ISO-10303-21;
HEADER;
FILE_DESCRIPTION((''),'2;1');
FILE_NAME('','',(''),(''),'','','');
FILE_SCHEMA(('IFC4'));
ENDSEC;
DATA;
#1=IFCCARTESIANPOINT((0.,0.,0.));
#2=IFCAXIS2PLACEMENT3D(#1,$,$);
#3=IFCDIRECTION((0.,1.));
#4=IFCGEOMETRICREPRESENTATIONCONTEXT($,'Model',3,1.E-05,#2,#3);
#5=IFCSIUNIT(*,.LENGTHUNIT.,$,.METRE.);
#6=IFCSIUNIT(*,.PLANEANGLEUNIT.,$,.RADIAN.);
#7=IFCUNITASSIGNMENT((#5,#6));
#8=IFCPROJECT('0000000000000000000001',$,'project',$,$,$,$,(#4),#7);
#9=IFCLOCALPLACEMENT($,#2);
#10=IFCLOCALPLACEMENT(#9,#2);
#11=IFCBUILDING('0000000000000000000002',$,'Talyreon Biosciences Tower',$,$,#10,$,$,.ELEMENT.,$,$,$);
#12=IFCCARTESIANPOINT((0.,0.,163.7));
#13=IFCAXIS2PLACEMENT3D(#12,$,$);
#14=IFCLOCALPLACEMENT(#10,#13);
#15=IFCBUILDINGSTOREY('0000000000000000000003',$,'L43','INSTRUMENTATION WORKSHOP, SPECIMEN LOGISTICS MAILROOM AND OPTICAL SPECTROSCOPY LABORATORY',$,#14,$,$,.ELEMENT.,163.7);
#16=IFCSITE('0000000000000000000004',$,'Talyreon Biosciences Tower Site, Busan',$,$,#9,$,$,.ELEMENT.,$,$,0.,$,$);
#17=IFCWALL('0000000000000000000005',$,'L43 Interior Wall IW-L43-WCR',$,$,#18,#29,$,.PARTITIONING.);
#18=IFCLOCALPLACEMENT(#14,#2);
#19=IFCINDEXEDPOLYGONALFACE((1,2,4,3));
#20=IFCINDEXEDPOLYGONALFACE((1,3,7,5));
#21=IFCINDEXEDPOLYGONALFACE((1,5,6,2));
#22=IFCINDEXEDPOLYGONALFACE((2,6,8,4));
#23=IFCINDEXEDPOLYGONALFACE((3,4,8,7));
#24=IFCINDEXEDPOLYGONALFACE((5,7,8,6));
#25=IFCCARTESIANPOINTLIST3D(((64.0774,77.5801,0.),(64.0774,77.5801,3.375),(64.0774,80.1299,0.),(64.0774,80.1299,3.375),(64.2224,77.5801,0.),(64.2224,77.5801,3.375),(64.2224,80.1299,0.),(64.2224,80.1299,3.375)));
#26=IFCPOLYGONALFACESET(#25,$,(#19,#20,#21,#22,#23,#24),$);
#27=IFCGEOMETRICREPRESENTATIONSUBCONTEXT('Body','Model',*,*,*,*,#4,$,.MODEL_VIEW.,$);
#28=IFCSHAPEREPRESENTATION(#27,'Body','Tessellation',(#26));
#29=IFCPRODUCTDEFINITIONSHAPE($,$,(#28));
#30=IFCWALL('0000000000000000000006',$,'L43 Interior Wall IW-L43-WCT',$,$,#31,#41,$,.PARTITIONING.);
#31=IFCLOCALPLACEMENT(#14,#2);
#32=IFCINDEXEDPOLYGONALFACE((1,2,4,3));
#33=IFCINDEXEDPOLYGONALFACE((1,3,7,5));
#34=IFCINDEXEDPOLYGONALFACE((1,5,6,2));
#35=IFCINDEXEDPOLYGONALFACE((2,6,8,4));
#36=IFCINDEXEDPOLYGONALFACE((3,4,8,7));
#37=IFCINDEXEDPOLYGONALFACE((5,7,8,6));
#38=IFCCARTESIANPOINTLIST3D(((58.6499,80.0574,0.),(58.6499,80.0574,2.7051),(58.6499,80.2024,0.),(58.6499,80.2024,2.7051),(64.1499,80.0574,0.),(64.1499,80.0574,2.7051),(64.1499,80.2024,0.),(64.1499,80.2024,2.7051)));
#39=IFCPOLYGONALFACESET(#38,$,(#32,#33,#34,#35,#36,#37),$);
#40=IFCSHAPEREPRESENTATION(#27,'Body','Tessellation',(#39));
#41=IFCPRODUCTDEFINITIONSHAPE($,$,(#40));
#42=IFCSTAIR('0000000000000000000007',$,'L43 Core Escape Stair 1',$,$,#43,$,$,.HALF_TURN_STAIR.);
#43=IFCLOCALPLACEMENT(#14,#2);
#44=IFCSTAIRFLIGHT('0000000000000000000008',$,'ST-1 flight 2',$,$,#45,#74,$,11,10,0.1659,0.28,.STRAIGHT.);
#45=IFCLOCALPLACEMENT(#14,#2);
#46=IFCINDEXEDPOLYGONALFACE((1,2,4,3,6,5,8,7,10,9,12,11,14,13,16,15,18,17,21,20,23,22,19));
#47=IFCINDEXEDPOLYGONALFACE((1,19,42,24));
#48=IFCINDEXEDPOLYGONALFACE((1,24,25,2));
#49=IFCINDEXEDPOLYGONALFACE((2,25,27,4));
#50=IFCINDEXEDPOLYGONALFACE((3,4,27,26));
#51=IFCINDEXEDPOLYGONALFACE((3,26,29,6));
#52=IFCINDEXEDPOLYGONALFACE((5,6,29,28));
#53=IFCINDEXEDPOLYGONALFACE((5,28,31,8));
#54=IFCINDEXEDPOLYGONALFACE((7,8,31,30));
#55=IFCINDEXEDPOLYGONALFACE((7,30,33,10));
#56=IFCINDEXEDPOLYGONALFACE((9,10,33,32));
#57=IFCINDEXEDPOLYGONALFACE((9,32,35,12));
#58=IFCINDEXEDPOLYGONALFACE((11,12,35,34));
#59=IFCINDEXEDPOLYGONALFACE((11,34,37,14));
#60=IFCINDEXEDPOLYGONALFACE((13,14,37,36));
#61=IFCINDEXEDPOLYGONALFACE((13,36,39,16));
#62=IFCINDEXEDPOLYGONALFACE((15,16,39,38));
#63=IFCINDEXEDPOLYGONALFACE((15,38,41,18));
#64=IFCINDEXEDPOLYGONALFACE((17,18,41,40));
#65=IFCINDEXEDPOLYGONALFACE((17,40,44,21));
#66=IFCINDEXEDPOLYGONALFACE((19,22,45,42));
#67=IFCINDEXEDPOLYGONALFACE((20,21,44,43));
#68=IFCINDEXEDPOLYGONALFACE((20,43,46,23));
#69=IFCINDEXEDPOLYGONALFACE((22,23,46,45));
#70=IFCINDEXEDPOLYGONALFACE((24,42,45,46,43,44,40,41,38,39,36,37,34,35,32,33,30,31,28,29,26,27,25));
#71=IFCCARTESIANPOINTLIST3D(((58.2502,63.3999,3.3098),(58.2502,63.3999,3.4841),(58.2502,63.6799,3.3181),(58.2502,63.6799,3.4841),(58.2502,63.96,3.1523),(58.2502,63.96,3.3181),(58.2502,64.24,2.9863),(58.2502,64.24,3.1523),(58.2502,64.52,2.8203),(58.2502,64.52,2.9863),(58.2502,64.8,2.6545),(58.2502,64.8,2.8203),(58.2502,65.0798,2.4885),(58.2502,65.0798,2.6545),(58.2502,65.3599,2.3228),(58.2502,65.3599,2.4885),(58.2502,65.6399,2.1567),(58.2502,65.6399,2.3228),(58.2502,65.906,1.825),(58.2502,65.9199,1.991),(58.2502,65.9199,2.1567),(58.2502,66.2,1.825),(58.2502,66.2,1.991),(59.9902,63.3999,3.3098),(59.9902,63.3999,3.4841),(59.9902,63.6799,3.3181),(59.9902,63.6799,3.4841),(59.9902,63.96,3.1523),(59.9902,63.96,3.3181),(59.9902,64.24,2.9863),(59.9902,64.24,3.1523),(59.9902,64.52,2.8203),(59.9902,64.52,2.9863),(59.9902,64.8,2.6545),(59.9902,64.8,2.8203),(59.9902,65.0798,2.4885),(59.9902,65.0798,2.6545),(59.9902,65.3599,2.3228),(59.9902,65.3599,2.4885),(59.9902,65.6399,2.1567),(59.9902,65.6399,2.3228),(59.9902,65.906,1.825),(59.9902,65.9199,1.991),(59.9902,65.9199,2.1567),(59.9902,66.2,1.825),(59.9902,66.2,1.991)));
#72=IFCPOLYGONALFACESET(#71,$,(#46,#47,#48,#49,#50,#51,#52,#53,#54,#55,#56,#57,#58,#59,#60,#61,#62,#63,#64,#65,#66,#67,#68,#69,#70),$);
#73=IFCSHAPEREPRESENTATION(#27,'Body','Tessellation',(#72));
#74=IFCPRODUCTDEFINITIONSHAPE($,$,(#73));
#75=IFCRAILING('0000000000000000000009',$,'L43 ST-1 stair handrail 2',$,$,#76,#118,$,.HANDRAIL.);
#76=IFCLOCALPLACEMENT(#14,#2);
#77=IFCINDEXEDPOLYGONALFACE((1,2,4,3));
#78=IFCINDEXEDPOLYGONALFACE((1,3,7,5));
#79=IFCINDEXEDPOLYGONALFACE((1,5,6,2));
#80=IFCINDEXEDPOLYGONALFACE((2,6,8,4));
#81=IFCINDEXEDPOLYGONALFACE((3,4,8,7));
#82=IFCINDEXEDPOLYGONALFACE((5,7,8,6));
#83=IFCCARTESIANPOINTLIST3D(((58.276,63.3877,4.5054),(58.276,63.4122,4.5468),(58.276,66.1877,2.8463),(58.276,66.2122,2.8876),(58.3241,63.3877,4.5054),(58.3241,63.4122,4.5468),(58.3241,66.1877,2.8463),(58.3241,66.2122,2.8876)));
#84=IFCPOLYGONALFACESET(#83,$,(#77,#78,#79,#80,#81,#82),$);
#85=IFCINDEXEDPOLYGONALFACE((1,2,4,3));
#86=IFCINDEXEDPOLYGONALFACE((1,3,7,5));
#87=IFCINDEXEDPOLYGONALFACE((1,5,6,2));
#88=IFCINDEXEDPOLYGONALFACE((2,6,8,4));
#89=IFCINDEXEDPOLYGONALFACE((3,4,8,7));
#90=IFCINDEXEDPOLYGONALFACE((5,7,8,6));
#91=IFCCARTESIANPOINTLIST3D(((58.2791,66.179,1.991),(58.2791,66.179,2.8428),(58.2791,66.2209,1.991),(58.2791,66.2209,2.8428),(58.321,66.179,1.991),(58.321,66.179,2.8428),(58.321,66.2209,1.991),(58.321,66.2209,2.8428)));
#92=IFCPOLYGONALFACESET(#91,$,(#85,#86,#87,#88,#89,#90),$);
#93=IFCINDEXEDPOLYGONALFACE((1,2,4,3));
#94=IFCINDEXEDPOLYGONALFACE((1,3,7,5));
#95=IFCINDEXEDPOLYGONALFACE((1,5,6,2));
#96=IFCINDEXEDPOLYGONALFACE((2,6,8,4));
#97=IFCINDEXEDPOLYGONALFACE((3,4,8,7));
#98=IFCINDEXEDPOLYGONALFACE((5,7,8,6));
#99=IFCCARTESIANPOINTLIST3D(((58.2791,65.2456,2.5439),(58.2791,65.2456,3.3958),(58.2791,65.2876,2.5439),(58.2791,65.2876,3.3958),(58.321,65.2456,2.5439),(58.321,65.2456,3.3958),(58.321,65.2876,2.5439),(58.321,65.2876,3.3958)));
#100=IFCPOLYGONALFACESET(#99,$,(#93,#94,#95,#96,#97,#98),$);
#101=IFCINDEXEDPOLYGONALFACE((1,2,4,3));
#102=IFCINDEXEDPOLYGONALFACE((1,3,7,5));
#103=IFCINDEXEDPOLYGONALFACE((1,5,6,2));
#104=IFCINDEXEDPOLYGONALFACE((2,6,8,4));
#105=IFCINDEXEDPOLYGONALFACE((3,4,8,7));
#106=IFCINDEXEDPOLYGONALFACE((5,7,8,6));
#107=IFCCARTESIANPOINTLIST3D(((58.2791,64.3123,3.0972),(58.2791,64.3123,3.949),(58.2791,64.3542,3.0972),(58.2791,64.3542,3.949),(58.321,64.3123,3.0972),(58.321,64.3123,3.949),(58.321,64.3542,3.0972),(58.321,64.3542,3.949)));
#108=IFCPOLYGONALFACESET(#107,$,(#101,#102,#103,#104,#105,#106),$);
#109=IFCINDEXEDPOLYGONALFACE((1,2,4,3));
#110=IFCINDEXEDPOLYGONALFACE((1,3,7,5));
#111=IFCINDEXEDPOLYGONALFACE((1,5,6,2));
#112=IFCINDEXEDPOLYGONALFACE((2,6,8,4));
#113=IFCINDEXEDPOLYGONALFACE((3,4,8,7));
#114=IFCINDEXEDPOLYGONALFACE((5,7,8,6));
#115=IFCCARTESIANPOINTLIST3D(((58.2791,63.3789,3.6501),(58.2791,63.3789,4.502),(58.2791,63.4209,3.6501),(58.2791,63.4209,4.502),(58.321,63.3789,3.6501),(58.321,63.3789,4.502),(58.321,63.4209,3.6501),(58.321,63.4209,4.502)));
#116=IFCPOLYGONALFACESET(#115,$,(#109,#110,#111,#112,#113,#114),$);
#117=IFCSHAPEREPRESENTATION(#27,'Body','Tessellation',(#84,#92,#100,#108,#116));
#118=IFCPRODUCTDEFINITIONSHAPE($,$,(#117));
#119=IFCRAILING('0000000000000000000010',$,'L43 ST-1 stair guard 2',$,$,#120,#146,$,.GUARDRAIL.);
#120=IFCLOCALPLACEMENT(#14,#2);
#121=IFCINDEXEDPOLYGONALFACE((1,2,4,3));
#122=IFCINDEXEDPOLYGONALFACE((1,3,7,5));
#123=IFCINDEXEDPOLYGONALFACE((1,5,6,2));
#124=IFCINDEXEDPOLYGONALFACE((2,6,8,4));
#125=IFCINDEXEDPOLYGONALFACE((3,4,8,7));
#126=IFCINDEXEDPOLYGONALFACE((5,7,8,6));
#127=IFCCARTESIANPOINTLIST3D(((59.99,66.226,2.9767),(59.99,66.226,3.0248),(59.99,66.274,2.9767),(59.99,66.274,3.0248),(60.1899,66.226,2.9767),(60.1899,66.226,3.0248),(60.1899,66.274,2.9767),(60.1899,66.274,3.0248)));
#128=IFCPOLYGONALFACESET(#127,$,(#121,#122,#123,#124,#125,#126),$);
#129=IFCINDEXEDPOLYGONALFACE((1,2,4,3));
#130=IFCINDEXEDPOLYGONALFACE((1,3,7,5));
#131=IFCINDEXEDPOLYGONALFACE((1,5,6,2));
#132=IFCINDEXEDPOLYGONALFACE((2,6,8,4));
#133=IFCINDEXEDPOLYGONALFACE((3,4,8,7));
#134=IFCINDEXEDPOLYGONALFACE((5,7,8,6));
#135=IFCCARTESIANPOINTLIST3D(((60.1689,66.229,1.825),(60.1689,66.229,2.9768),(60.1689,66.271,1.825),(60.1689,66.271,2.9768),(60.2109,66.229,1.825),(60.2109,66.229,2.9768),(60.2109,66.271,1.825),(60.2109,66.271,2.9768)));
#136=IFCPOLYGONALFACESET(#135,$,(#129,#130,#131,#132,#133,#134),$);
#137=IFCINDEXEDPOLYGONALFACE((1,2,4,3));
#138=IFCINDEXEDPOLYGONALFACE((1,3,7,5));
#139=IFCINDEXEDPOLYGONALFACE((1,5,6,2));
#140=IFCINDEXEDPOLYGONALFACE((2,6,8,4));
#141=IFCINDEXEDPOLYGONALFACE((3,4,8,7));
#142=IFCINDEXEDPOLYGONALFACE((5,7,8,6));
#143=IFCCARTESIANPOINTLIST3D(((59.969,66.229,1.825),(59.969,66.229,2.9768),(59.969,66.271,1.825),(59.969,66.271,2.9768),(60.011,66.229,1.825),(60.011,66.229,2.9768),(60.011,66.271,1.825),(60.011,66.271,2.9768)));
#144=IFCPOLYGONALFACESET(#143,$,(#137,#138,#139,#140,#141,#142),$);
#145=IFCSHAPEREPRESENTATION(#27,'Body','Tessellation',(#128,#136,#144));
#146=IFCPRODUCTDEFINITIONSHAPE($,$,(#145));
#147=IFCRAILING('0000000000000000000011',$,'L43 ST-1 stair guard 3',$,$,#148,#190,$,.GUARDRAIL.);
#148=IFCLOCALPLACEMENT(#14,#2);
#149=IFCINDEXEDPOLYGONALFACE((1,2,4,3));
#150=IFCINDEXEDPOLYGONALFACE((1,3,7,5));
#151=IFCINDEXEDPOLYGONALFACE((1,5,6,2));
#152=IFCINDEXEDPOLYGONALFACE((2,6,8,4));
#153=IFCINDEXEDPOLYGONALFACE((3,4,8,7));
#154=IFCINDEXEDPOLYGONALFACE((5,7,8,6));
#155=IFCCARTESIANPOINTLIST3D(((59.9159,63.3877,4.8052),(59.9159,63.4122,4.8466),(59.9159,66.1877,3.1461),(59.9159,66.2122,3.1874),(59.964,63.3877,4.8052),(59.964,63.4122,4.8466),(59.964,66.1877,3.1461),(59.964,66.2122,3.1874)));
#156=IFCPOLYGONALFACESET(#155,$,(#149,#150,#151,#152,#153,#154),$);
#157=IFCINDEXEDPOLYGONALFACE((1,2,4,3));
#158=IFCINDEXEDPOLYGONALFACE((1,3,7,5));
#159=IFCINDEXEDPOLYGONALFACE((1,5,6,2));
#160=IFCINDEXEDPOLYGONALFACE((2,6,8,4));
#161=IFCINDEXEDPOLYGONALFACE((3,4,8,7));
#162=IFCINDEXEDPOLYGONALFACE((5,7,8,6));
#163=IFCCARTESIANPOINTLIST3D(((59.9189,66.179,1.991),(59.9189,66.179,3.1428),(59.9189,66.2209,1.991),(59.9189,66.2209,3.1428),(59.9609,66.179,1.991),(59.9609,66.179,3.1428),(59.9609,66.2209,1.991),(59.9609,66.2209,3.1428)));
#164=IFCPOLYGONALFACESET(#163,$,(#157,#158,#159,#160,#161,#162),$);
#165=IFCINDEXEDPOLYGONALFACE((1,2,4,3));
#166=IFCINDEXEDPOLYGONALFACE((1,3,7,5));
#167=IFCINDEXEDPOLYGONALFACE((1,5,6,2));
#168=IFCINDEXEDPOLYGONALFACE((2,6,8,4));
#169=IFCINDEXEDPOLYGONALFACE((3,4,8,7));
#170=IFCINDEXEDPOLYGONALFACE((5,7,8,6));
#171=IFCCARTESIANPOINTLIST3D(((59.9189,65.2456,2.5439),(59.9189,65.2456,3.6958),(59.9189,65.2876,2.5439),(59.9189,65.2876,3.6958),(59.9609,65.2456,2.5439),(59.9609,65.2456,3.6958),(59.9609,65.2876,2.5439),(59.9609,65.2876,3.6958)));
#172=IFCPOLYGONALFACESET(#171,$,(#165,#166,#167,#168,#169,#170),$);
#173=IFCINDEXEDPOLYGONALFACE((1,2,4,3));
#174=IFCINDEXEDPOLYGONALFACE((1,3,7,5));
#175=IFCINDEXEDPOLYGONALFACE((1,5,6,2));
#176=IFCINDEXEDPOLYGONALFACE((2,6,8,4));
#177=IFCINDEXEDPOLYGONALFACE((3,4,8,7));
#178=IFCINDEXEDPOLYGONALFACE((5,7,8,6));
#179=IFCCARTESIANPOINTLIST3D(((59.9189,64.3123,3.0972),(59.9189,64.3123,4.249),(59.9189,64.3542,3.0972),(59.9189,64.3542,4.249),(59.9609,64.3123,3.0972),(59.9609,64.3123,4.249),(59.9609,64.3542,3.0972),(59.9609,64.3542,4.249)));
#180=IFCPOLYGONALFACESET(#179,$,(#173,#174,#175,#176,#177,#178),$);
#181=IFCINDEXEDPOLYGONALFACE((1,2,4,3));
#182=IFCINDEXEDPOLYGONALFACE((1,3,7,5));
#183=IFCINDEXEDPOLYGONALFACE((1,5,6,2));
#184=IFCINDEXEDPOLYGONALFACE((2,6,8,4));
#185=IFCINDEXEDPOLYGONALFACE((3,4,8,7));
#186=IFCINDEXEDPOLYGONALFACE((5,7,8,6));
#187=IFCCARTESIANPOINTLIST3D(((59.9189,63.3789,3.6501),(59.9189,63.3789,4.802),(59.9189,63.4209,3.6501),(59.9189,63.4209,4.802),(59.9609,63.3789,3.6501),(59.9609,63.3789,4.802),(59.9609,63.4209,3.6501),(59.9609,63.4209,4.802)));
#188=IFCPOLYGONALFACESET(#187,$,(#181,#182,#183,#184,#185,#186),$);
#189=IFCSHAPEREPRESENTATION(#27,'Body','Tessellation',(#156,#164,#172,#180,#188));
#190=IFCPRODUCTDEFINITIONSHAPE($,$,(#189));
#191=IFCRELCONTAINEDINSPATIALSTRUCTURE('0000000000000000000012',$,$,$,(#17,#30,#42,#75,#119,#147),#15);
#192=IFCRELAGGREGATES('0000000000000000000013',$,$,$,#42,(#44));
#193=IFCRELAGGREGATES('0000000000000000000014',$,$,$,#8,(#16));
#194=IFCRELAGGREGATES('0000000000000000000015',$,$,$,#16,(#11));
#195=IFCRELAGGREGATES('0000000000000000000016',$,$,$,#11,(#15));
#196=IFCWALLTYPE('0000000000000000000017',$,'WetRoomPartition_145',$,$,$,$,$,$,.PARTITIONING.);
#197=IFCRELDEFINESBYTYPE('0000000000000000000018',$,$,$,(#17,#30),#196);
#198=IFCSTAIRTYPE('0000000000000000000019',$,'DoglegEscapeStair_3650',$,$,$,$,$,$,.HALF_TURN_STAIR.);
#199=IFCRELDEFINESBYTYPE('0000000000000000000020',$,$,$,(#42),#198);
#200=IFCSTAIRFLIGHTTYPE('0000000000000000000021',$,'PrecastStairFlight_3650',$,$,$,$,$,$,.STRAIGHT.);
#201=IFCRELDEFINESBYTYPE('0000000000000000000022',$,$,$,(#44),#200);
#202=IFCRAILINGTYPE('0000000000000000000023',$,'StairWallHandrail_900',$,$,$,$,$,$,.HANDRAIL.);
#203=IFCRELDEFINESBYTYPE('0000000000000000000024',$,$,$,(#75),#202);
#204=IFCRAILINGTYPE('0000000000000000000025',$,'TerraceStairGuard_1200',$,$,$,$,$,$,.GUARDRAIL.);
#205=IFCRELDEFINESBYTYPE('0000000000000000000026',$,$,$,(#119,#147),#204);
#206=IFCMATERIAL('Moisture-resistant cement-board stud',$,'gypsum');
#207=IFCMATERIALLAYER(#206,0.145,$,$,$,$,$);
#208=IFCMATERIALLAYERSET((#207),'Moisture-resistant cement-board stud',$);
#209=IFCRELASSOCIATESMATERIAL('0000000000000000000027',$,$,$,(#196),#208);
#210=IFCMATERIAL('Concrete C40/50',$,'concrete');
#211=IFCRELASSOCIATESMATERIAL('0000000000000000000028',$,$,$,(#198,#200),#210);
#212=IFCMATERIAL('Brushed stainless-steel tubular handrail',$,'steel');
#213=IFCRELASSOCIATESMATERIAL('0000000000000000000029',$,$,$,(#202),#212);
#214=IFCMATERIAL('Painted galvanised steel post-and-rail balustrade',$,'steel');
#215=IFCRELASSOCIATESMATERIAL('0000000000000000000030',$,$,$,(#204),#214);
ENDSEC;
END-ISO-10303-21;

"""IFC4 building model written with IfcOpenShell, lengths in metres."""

from ifc_helpers import new_model, si_unit, direction, frame, frame_2d, origin, origin_2d, place, context, subcontext, project, spatial, polyline, rectangle, outline, extrude, material, layer, layer_set, type_object, element, aggregate, save


model = new_model("IFC4")

# Units and contexts
model_context = context("Model", 3, precision=1e-05, world=origin(), true_north=direction((0.0, 1.0)))
body_context = subcontext(model_context, "Body", "Model", "MODEL_VIEW")
ifc_project = project(units=[si_unit("LENGTHUNIT", "METRE"), si_unit("PLANEANGLEUNIT", "RADIAN")], contexts=[model_context])

# Site, building, storey
site_placement = place(None, origin())
site = spatial("IfcSite", under=ifc_project, at=site_placement, Name="Talyreon Biosciences Tower Site, Busan", CompositionType="ELEMENT", RefElevation=0.0)
building_placement = place(site_placement, origin())
building = spatial("IfcBuilding", under=site, at=building_placement, Name="Talyreon Biosciences Tower", CompositionType="ELEMENT")
storey_placement = place(building_placement, frame((0.0, 0.0, 163.7)))
storey = spatial("IfcBuildingStorey", under=building, at=storey_placement, Name="L43", Description="INSTRUMENTATION WORKSHOP, SPECIMEN LOGISTICS MAILROOM AND OPTICAL SPECTROSCOPY LABORATORY", CompositionType="ELEMENT", Elevation=163.7)

# Walls
ifc_material_1 = material(Name="Moisture-resistant cement-board stud", Category="gypsum")
ifc_layer_1 = layer(ifc_material_1, 0.145)
ifc_layer_set_1 = layer_set([ifc_layer_1], Name="Moisture-resistant cement-board stud")
wall_type_1 = type_object("IfcWallType", Name="WetRoomPartition_145", PredefinedType="PARTITIONING", material=ifc_layer_set_1)
for number, where, z_axis, x_axis, name in (
    (1, (64.1499, 77.5801, 0.0), (0.0, 0.0, 1.0), (0.0, 1.0, 0.0), "L43 Interior Wall IW-L43-WCR"),
):
    element("IfcWall", number, at=place(storey_placement, frame(where, z_axis=z_axis, x_axis=x_axis)), inside=storey, type_object=wall_type_1, Name=name, PredefinedType="PARTITIONING", context=body_context, shape_type="SweptSolid", body=[
        extrude(rectangle(XDim=2.5498, YDim=0.145, at=frame_2d((1.2749, 0.0))), origin(), (0.0, 0.0, 1.0), 3.375),
    ])
wall_1_placement = place(storey_placement, frame((58.6499, 80.1299, 0.0), z_axis=(0.0, 0.0, 1.0), x_axis=(1.0, 0.0, 0.0)))
element("IfcWall", 2, at=wall_1_placement, inside=storey, type_object=wall_type_1, Name="L43 Interior Wall IW-L43-WCT", PredefinedType="PARTITIONING", context=body_context, shape_type="SweptSolid", body=[
    extrude(rectangle(XDim=5.5, YDim=0.145, at=frame_2d((2.75, 0.0))), origin(), (0.0, 0.0, 1.0), 2.7051),
])

# Stair, stair flight
ifc_material_2 = material(Name="Concrete C40/50", Category="concrete")
stair_type = type_object("IfcStairType", Name="DoglegEscapeStair_3650", PredefinedType="HALF_TURN_STAIR", material=ifc_material_2)
stair_placement = place(storey_placement, origin())
stair = element("IfcStair", 3, at=stair_placement, inside=storey, type_object=stair_type, Name="L43 Core Escape Stair 1", PredefinedType="HALF_TURN_STAIR")
stair_flight_type = type_object("IfcStairFlightType", Name="PrecastStairFlight_3650", PredefinedType="STRAIGHT", material=ifc_material_2)
stair_flight_placement = place(storey_placement, frame((59.1201, 66.2, 1.825), z_axis=(0.0, 0.0, 1.0), x_axis=(0.0, -1.0, 0.0)))
stair_flight = element("IfcStairFlight", 4, at=stair_flight_placement, type_object=stair_flight_type, Name="ST-1 flight 2", NumberOfRisers=11, NumberOfTreads=10, PredefinedType="STRAIGHT", RiserHeight=0.1659, TreadLength=0.28, context=body_context, shape_type="SweptSolid", body=[
    extrude(outline(polyline([(0.0, 0.0), (0.0, 0.166), (0.28, 0.166), (0.28, 0.3318), (0.5601, 0.3318), (0.5601, 0.4978), (0.8401, 0.4978), (0.8401, 0.6636), (1.1201, 0.6636), (1.1201, 0.8296), (1.3999, 0.8296), (1.3999, 0.9954), (1.6799, 0.9954), (1.6799, 1.1614), (1.96, 1.1614), (1.96, 1.3274), (2.24, 1.3274), (2.24, 1.4932), (2.52, 1.4932), (2.52, 1.6592), (2.8, 1.6592), (2.8, 1.825), (2.8, 1.4849), (0.2939, 0.0), (0.0, 0.0)])), frame((0.0, 0.8701, 0.0), z_axis=(0.0, -1.0, 0.0), x_axis=(1.0, 0.0, 0.0)), (0.0, 0.0, 1.0), 1.74),
])
aggregate(stair, [stair_flight])

# Railings
ifc_material_3 = material(Name="Brushed stainless-steel tubular handrail", Category="steel")
railing_type_1 = type_object("IfcRailingType", Name="StairWallHandrail_900", PredefinedType="HANDRAIL", material=ifc_material_3)
railing_1_placement = place(storey_placement, frame((58.3, 66.2, 1.991)))
element("IfcRailing", 5, at=railing_1_placement, inside=storey, type_object=railing_type_1, Name="L43 ST-1 stair handrail 2", PredefinedType="HANDRAIL", context=body_context, shape_type="SweptSolid", body=[
    extrude(rectangle(XDim=0.0481, YDim=0.0481, at=origin_2d()), frame((0.0, 0.0, 0.876), z_axis=(0.0, -0.860306, 0.509778), x_axis=(1.0, 0.0, 0.0)), (0.0, 0.0, 1.0), 3.2546),
    extrude(rectangle(XDim=0.042, YDim=0.042, at=origin_2d()), origin(), (0.0, 0.0, 1.0), 0.8518),
    extrude(rectangle(XDim=0.042, YDim=0.042, at=origin_2d()), frame((0.0, -0.9333, 0.553)), (0.0, 0.0, 1.0), 0.8518),
    extrude(rectangle(XDim=0.042, YDim=0.042, at=origin_2d()), frame((0.0, -1.8667, 1.1062)), (0.0, 0.0, 1.0), 0.8518),
    extrude(rectangle(XDim=0.042, YDim=0.042, at=origin_2d()), frame((0.0, -2.8, 1.6592)), (0.0, 0.0, 1.0), 0.8518),
])
ifc_material_4 = material(Name="Painted galvanised steel post-and-rail balustrade", Category="steel")
railing_type_2 = type_object("IfcRailingType", Name="TerraceStairGuard_1200", PredefinedType="GUARDRAIL", material=ifc_material_4)
railing_2_placement = place(storey_placement, frame((60.1899, 66.25, 1.825)))
element("IfcRailing", 6, at=railing_2_placement, inside=storey, type_object=railing_type_2, Name="L43 ST-1 stair guard 2", PredefinedType="GUARDRAIL", context=body_context, shape_type="SweptSolid", body=[
    extrude(rectangle(XDim=0.0481, YDim=0.0481, at=origin_2d()), frame((0.0, 0.0, 1.1758), z_axis=(-1.0, 0.0, 0.0), x_axis=(0.0, -1.0, 0.0)), (0.0, 0.0, 1.0), 0.2),
    extrude(rectangle(XDim=0.042, YDim=0.042, at=origin_2d()), origin(), (0.0, 0.0, 1.0), 1.1519),
    extrude(rectangle(XDim=0.042, YDim=0.042, at=origin_2d()), frame((-0.2, 0.0, 0.0)), (0.0, 0.0, 1.0), 1.1519),
])
railing_3_placement = place(storey_placement, frame((59.9399, 66.2, 1.991)))
element("IfcRailing", 7, at=railing_3_placement, inside=storey, type_object=railing_type_2, Name="L43 ST-1 stair guard 3", PredefinedType="GUARDRAIL", context=body_context, shape_type="SweptSolid", body=[
    extrude(rectangle(XDim=0.0481, YDim=0.0481, at=origin_2d()), frame((0.0, 0.0, 1.1758), z_axis=(0.0, -0.860306, 0.509778), x_axis=(1.0, 0.0, 0.0)), (0.0, 0.0, 1.0), 3.2546),
    extrude(rectangle(XDim=0.042, YDim=0.042, at=origin_2d()), origin(), (0.0, 0.0, 1.0), 1.1519),
    extrude(rectangle(XDim=0.042, YDim=0.042, at=origin_2d()), frame((0.0, -0.9333, 0.553)), (0.0, 0.0, 1.0), 1.1519),
    extrude(rectangle(XDim=0.042, YDim=0.042, at=origin_2d()), frame((0.0, -1.8667, 1.1062)), (0.0, 0.0, 1.0), 1.1519),
    extrude(rectangle(XDim=0.042, YDim=0.042, at=origin_2d()), frame((0.0, -2.8, 1.6592)), (0.0, 0.0, 1.0), 1.1519),
])

save(model, "model.ifc")
